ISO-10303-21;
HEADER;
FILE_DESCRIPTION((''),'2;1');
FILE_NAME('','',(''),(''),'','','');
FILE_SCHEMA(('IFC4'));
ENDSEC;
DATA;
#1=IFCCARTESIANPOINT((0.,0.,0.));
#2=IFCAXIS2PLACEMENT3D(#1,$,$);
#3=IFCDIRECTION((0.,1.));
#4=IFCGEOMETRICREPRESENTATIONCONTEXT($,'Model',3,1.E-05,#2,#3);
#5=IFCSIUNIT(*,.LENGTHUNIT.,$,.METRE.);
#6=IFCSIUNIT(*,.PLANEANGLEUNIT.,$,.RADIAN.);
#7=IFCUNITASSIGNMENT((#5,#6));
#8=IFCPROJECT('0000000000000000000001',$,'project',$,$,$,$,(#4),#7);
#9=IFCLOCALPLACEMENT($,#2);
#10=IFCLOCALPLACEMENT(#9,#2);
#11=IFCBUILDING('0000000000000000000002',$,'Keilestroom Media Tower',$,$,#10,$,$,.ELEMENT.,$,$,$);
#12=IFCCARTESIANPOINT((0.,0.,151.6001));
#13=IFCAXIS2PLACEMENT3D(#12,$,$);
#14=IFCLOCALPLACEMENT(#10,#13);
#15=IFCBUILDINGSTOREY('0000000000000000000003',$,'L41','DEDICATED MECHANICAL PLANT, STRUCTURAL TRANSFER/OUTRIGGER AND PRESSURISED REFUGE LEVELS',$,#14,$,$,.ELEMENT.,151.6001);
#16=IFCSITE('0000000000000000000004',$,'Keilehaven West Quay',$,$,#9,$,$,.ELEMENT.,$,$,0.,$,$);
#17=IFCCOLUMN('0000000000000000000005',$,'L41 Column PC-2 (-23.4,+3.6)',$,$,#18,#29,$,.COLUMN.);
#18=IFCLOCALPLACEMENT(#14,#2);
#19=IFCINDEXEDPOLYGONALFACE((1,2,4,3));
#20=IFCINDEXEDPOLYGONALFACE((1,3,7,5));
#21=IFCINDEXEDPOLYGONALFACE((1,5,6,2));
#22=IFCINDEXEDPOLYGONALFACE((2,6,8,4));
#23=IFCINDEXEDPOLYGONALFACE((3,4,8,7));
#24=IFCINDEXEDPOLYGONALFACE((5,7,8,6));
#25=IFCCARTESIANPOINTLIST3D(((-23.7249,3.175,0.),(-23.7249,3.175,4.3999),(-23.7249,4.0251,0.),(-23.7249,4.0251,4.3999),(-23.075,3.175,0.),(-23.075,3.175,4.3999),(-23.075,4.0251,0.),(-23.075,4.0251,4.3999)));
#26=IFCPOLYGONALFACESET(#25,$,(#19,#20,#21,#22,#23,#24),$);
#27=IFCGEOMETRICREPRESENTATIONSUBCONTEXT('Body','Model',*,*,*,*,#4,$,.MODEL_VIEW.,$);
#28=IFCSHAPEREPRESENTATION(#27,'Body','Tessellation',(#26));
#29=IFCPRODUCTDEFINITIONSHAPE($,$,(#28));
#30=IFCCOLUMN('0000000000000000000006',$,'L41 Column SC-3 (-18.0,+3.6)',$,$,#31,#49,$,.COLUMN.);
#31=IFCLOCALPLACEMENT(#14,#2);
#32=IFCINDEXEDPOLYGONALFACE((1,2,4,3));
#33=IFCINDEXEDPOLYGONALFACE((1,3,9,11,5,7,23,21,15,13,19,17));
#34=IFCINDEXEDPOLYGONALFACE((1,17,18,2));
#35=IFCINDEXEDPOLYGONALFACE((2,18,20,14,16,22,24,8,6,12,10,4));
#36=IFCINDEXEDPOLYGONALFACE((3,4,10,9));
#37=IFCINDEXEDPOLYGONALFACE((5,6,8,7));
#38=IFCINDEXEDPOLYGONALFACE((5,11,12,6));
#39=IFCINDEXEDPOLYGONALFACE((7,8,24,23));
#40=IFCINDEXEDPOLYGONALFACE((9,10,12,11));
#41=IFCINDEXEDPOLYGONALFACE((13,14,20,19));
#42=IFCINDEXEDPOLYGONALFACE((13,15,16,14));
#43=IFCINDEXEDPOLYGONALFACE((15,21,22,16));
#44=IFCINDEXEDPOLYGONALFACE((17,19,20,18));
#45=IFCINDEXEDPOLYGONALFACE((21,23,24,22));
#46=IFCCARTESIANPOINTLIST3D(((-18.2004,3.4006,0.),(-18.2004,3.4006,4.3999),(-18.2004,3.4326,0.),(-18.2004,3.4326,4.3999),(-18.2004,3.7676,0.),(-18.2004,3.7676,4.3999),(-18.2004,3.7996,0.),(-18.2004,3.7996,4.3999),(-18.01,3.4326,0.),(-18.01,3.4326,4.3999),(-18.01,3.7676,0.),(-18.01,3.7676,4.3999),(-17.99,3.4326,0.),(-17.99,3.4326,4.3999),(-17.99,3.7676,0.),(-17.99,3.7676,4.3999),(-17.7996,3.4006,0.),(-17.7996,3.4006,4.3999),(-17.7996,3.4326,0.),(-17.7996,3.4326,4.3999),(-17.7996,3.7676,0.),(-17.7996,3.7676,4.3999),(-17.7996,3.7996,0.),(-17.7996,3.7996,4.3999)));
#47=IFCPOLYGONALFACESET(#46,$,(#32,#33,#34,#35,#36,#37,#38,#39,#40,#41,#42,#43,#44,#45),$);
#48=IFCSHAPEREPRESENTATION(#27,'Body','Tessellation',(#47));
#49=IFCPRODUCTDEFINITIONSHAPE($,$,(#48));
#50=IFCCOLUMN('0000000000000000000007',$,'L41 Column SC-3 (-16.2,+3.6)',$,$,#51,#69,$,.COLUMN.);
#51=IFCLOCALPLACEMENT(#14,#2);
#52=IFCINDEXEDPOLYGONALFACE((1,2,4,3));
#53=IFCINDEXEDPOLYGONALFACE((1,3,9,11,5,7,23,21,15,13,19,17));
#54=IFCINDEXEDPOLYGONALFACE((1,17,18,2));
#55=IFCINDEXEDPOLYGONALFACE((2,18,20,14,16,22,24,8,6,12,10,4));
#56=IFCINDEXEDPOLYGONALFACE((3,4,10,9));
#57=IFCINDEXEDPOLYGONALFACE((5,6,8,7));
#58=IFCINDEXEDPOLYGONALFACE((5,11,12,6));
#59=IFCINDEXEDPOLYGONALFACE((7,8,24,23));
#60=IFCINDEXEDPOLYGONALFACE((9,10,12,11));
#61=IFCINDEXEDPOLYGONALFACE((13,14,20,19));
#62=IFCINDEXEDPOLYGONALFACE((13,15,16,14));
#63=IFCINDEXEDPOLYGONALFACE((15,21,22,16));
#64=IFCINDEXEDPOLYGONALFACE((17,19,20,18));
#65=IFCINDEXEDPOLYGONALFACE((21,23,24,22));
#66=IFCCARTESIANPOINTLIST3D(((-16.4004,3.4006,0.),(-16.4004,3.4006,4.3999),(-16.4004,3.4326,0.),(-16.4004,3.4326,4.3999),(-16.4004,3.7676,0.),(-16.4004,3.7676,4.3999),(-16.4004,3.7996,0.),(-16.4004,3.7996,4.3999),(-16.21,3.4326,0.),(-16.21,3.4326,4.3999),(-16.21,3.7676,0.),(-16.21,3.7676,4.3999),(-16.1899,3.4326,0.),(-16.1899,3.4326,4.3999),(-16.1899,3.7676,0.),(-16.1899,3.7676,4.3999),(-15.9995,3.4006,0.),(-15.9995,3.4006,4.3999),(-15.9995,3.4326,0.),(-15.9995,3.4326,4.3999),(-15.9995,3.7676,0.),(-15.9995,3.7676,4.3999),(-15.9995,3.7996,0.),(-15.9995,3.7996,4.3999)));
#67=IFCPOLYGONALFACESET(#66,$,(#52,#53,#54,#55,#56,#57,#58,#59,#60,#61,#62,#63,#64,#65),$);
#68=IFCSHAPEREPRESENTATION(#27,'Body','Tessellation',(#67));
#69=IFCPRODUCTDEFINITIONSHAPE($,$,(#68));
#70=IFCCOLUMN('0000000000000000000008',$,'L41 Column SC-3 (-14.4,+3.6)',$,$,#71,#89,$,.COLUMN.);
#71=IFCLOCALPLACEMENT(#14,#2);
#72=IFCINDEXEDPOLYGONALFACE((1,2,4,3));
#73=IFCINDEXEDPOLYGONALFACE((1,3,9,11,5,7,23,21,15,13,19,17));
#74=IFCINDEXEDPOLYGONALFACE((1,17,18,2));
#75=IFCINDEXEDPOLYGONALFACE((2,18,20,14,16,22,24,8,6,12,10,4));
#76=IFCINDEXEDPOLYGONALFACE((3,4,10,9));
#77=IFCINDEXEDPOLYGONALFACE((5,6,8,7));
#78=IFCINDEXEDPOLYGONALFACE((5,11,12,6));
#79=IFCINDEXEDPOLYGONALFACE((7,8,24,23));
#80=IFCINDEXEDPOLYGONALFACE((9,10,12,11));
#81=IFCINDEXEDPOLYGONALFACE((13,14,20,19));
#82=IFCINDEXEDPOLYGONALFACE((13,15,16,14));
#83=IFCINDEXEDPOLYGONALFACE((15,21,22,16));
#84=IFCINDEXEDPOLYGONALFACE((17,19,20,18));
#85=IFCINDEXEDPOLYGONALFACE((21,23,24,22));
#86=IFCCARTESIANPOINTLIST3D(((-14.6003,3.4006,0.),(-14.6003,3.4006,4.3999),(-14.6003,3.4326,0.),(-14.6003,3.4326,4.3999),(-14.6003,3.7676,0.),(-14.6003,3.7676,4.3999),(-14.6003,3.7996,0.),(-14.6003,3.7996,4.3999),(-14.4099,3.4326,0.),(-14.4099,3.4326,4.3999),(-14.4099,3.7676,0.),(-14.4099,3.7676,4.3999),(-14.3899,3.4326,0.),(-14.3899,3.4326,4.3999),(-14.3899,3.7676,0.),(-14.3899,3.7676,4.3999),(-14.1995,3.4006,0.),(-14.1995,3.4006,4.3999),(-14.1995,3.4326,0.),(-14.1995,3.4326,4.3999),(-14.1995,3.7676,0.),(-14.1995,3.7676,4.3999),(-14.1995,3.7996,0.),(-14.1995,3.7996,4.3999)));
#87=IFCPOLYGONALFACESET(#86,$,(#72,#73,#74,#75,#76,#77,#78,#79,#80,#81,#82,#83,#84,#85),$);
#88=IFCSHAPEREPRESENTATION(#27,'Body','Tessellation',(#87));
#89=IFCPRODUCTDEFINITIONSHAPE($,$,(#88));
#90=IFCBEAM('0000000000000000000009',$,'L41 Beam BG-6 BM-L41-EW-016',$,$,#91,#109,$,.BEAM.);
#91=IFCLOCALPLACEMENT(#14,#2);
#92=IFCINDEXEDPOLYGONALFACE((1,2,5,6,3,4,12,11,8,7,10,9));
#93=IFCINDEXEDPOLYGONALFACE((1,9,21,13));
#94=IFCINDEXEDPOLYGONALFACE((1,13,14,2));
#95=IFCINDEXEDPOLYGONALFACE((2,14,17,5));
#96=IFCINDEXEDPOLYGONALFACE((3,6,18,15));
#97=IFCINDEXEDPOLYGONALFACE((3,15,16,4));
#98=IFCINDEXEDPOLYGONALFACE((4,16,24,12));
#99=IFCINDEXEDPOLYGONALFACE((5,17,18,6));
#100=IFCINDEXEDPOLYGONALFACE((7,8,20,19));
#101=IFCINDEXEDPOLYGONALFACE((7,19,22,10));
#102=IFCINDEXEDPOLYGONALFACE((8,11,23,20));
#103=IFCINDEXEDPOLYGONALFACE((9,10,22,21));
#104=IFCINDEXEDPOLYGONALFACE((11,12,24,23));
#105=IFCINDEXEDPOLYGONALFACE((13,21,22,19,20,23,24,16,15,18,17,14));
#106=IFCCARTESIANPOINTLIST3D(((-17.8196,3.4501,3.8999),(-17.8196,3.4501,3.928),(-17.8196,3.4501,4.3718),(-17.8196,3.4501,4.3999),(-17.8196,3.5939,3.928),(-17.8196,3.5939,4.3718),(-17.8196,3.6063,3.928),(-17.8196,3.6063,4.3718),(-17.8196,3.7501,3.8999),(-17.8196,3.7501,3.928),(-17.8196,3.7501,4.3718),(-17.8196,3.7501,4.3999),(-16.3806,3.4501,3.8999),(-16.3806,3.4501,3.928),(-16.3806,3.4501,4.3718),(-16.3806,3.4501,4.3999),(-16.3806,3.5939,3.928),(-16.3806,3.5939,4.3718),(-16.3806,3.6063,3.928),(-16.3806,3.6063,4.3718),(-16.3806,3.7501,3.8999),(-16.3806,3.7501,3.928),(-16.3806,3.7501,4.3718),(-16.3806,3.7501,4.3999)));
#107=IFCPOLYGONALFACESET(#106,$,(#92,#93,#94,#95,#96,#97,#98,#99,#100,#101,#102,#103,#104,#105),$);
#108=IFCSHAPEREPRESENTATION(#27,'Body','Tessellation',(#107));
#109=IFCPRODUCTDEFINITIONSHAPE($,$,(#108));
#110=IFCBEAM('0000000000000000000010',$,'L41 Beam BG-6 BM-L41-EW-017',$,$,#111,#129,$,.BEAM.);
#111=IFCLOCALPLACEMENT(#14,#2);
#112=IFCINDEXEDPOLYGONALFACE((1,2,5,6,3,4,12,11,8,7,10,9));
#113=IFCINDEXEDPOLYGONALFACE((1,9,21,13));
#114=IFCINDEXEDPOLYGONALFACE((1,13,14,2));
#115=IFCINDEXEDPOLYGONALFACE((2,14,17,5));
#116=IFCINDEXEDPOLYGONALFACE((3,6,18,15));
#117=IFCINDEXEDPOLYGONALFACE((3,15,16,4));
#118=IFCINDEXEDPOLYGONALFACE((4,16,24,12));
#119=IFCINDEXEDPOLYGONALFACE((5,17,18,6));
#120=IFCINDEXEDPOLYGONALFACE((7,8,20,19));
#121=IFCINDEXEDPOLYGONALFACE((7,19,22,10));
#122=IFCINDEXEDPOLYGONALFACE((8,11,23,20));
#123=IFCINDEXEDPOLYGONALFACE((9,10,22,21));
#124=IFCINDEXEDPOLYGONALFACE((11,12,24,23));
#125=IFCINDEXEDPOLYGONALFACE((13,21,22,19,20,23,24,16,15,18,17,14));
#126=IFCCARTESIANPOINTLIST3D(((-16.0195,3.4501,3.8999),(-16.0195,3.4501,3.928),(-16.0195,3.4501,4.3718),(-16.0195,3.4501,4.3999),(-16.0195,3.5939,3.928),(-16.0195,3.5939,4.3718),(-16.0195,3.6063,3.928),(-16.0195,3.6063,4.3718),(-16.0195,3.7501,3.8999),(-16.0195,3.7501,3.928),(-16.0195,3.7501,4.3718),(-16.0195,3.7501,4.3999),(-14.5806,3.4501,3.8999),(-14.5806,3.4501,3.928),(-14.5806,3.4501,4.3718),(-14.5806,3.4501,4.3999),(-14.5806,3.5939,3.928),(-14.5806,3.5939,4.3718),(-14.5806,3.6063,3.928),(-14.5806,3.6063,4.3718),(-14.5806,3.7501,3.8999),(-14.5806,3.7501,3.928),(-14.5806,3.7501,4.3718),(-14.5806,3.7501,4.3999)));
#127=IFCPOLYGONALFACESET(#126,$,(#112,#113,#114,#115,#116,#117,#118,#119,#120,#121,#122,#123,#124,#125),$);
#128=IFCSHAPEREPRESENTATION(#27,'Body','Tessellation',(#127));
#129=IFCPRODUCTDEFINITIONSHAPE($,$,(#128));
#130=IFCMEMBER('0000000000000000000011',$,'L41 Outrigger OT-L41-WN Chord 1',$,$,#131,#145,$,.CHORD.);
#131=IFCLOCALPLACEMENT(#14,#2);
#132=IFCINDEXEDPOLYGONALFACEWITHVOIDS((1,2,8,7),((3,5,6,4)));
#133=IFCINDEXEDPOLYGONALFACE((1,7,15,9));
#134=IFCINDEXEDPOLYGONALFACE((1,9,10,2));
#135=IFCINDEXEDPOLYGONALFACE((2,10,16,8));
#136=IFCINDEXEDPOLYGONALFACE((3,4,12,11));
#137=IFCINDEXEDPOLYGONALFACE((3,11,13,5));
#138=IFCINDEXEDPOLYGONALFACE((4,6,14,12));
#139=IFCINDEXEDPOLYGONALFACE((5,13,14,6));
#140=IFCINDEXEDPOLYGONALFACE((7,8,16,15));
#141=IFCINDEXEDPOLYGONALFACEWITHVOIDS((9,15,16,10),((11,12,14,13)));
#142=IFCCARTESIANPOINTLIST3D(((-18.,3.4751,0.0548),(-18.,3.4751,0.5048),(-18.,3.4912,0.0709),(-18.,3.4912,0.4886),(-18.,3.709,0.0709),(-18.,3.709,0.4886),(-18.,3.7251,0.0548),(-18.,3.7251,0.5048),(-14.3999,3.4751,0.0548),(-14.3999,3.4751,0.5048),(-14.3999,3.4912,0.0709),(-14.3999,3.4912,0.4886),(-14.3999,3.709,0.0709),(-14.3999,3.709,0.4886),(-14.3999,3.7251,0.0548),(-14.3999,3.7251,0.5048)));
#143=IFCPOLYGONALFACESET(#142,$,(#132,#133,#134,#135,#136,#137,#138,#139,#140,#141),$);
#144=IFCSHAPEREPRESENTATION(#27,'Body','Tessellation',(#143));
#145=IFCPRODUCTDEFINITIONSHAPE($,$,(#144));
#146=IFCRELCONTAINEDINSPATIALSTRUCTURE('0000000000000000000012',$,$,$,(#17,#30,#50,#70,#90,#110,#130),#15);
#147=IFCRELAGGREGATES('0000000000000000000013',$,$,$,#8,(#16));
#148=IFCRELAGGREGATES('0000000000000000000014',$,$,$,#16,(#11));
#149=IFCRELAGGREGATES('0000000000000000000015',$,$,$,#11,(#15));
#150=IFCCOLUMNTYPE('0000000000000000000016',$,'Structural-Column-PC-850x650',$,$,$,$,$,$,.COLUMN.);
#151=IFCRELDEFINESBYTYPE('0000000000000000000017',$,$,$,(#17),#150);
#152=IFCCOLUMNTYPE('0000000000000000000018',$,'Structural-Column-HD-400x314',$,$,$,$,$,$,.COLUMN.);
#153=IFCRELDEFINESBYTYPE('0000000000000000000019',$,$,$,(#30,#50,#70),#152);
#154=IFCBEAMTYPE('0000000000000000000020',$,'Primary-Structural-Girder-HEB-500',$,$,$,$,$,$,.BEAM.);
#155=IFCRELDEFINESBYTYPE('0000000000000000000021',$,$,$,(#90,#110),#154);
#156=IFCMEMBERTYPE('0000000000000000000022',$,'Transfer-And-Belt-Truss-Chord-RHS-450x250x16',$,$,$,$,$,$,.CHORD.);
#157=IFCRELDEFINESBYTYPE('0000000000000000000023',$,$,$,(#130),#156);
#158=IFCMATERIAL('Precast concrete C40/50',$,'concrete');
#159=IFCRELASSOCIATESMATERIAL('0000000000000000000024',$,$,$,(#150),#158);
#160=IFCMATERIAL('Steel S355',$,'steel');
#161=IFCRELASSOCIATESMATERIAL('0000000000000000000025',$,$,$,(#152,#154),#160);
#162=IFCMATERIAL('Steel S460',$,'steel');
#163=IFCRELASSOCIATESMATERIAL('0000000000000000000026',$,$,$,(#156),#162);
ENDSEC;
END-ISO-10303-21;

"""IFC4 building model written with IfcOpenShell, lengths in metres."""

from ifc_helpers import new_model, si_unit, direction, frame, origin, origin_2d, place, context, subcontext, project, spatial, rectangle, hollow_rectangle, i_section, extrude, source, transform, mapped, material, material_profile, profile_set, type_object, element, save


model = new_model("IFC4")

# Units and contexts
model_context = context("Model", 3, precision=1e-05, world=origin(), true_north=direction((0.0, 1.0)))
body_context = subcontext(model_context, "Body", "Model", "MODEL_VIEW")
ifc_project = project(units=[si_unit("LENGTHUNIT", "METRE"), si_unit("PLANEANGLEUNIT", "RADIAN")], contexts=[model_context])

# Site, building, storey
site_placement = place(None, origin())
site = spatial("IfcSite", under=ifc_project, at=site_placement, Name="Keilehaven West Quay", CompositionType="ELEMENT", RefElevation=0.0)
building_placement = place(site_placement, origin())
building = spatial("IfcBuilding", under=site, at=building_placement, Name="Keilestroom Media Tower", CompositionType="ELEMENT")
storey_placement = place(building_placement, frame((0.0, 0.0, 151.6001)))
storey = spatial("IfcBuildingStorey", under=building, at=storey_placement, Name="L41", Description="DEDICATED MECHANICAL PLANT, STRUCTURAL TRANSFER/OUTRIGGER AND PRESSURISED REFUGE LEVELS", CompositionType="ELEMENT", Elevation=151.6001)

# Columns
ifc_material_1 = material(Name="Precast concrete C40/50", Category="concrete")
ifc_material_profile_1 = material_profile(ifc_material_1, rectangle(XDim=0.6499, YDim=0.8501, at=origin_2d()), Name="PC 850x650")
ifc_profile_set_1 = profile_set([ifc_material_profile_1], Name="Precast concrete C40/50")
column_type_1 = type_object("IfcColumnType", Name="Structural-Column-PC-850x650", PredefinedType="COLUMN", material=ifc_profile_set_1)
shared_shape_1 = source(origin(), body_context, "Body", "SweptSolid", [
    extrude(rectangle(XDim=0.6499, YDim=0.8501, at=origin_2d()), origin(), (0.0, 0.0, 1.0), 4.3999),
])
column_placement = place(storey_placement, frame((-23.3999, 3.6001, 0.0), z_axis=(0.0, 0.0, 1.0), x_axis=(1.0, 0.0, 0.0)))
element("IfcColumn", 1, at=column_placement, inside=storey, type_object=column_type_1, Name="L41 Column PC-2 (-23.4,+3.6)", PredefinedType="COLUMN", context=body_context, shape_type="MappedRepresentation", body=[
    mapped(shared_shape_1, transform((0.0, 0.0, 0.0), x_axis=(1.0, 0.0, 0.0), y_axis=(0.0, 1.0, 0.0), z_axis=(0.0, 0.0, 1.0), scale=1.0)),
])
ifc_material_2 = material(Name="Steel S355", Category="steel")
ifc_material_profile_2 = material_profile(ifc_material_2, i_section(OverallWidth=0.4009, OverallDepth=0.3989, WebThickness=0.02, FlangeThickness=0.032, at=origin_2d()), Name="HD 400x314")
ifc_profile_set_2 = profile_set([ifc_material_profile_2], Name="Steel S355")
column_type_2 = type_object("IfcColumnType", Name="Structural-Column-HD-400x314", PredefinedType="COLUMN", material=ifc_profile_set_2)
shared_shape_2 = source(origin(), body_context, "Body", "SweptSolid", [
    extrude(i_section(OverallWidth=0.4009, OverallDepth=0.3989, WebThickness=0.02, FlangeThickness=0.032, at=origin_2d()), origin(), (0.0, 0.0, 1.0), 4.3999),
])
for number, where, z_axis, x_axis, name in (
    (2, (-18.0, 3.6001, 0.0), (0.0, 0.0, 1.0), (1.0, 0.0, 0.0), "L41 Column SC-3 (-18.0,+3.6)"),
    (3, (-16.2, 3.6001, 0.0), (0.0, 0.0, 1.0), (1.0, 0.0, 0.0), "L41 Column SC-3 (-16.2,+3.6)"),
    (4, (-14.3999, 3.6001, 0.0), (0.0, 0.0, 1.0), (1.0, 0.0, 0.0), "L41 Column SC-3 (-14.4,+3.6)"),
):
    element("IfcColumn", number, at=place(storey_placement, frame(where, z_axis=z_axis, x_axis=x_axis)), inside=storey, type_object=column_type_2, Name=name, PredefinedType="COLUMN", context=body_context, shape_type="MappedRepresentation", body=[
        mapped(shared_shape_2, transform((0.0, 0.0, 0.0), x_axis=(1.0, 0.0, 0.0), y_axis=(0.0, 1.0, 0.0), z_axis=(0.0, 0.0, 1.0), scale=1.0)),
    ])

# Beams
ifc_material_profile_3 = material_profile(ifc_material_2, i_section(OverallWidth=0.3, OverallDepth=0.5, WebThickness=0.0125, FlangeThickness=0.0281, at=origin_2d()), Name="HEB 500")
ifc_profile_set_3 = profile_set([ifc_material_profile_3], Name="Steel S355")
beam_type = type_object("IfcBeamType", Name="Primary-Structural-Girder-HEB-500", PredefinedType="BEAM", material=ifc_profile_set_3)
shared_shape_3 = source(origin(), body_context, "Body", "SweptSolid", [
    extrude(i_section(OverallWidth=0.3, OverallDepth=0.5, WebThickness=0.0125, FlangeThickness=0.0281, at=origin_2d()), origin(), (0.0, 0.0, 1.0), 1.439),
])
for number, where, z_axis, x_axis, name in (
    (5, (-17.8196, 3.6001, 4.1499), (1.0, 0.0, 0.0), (0.0, 1.0, 0.0), "L41 Beam BG-6 BM-L41-EW-016"),
    (6, (-16.0195, 3.6001, 4.1499), (1.0, 0.0, 0.0), (0.0, 1.0, 0.0), "L41 Beam BG-6 BM-L41-EW-017"),
):
    element("IfcBeam", number, at=place(storey_placement, frame(where, z_axis=z_axis, x_axis=x_axis)), inside=storey, type_object=beam_type, Name=name, PredefinedType="BEAM", context=body_context, shape_type="MappedRepresentation", body=[
        mapped(shared_shape_3, transform((0.0, 0.0, 0.0), x_axis=(1.0, 0.0, 0.0), y_axis=(0.0, 1.0, 0.0), z_axis=(0.0, 0.0, 1.0), scale=1.0)),
    ])

# Member
ifc_material_3 = material(Name="Steel S460", Category="steel")
ifc_material_profile_4 = material_profile(ifc_material_3, hollow_rectangle(XDim=0.25, YDim=0.45, WallThickness=0.0161, at=origin_2d()), Name="RHS 450x250x16")
ifc_profile_set_4 = profile_set([ifc_material_profile_4], Name="Steel S460")
member_type_1 = type_object("IfcMemberType", Name="Transfer-And-Belt-Truss-Chord-RHS-450x250x16", PredefinedType="CHORD", material=ifc_profile_set_4)
shared_shape_4 = source(origin(), body_context, "Body", "SweptSolid", [
    extrude(hollow_rectangle(XDim=0.25, YDim=0.45, WallThickness=0.0161, at=origin_2d()), origin(), (0.0, 0.0, 1.0), 3.6001),
])
member_1_placement = place(storey_placement, frame((-14.3999, 3.6001, 0.2798), z_axis=(-1.0, 0.0, 0.0), x_axis=(0.0, -1.0, 0.0)))
element("IfcMember", 7, at=member_1_placement, inside=storey, type_object=member_type_1, Name="L41 Outrigger OT-L41-WN Chord 1", PredefinedType="CHORD", context=body_context, shape_type="MappedRepresentation", body=[
    mapped(shared_shape_4, transform((0.0, 0.0, 0.0), x_axis=(1.0, 0.0, 0.0), y_axis=(0.0, 1.0, 0.0), z_axis=(0.0, 0.0, 1.0), scale=1.0)),
])

save(model, "model.ifc")
